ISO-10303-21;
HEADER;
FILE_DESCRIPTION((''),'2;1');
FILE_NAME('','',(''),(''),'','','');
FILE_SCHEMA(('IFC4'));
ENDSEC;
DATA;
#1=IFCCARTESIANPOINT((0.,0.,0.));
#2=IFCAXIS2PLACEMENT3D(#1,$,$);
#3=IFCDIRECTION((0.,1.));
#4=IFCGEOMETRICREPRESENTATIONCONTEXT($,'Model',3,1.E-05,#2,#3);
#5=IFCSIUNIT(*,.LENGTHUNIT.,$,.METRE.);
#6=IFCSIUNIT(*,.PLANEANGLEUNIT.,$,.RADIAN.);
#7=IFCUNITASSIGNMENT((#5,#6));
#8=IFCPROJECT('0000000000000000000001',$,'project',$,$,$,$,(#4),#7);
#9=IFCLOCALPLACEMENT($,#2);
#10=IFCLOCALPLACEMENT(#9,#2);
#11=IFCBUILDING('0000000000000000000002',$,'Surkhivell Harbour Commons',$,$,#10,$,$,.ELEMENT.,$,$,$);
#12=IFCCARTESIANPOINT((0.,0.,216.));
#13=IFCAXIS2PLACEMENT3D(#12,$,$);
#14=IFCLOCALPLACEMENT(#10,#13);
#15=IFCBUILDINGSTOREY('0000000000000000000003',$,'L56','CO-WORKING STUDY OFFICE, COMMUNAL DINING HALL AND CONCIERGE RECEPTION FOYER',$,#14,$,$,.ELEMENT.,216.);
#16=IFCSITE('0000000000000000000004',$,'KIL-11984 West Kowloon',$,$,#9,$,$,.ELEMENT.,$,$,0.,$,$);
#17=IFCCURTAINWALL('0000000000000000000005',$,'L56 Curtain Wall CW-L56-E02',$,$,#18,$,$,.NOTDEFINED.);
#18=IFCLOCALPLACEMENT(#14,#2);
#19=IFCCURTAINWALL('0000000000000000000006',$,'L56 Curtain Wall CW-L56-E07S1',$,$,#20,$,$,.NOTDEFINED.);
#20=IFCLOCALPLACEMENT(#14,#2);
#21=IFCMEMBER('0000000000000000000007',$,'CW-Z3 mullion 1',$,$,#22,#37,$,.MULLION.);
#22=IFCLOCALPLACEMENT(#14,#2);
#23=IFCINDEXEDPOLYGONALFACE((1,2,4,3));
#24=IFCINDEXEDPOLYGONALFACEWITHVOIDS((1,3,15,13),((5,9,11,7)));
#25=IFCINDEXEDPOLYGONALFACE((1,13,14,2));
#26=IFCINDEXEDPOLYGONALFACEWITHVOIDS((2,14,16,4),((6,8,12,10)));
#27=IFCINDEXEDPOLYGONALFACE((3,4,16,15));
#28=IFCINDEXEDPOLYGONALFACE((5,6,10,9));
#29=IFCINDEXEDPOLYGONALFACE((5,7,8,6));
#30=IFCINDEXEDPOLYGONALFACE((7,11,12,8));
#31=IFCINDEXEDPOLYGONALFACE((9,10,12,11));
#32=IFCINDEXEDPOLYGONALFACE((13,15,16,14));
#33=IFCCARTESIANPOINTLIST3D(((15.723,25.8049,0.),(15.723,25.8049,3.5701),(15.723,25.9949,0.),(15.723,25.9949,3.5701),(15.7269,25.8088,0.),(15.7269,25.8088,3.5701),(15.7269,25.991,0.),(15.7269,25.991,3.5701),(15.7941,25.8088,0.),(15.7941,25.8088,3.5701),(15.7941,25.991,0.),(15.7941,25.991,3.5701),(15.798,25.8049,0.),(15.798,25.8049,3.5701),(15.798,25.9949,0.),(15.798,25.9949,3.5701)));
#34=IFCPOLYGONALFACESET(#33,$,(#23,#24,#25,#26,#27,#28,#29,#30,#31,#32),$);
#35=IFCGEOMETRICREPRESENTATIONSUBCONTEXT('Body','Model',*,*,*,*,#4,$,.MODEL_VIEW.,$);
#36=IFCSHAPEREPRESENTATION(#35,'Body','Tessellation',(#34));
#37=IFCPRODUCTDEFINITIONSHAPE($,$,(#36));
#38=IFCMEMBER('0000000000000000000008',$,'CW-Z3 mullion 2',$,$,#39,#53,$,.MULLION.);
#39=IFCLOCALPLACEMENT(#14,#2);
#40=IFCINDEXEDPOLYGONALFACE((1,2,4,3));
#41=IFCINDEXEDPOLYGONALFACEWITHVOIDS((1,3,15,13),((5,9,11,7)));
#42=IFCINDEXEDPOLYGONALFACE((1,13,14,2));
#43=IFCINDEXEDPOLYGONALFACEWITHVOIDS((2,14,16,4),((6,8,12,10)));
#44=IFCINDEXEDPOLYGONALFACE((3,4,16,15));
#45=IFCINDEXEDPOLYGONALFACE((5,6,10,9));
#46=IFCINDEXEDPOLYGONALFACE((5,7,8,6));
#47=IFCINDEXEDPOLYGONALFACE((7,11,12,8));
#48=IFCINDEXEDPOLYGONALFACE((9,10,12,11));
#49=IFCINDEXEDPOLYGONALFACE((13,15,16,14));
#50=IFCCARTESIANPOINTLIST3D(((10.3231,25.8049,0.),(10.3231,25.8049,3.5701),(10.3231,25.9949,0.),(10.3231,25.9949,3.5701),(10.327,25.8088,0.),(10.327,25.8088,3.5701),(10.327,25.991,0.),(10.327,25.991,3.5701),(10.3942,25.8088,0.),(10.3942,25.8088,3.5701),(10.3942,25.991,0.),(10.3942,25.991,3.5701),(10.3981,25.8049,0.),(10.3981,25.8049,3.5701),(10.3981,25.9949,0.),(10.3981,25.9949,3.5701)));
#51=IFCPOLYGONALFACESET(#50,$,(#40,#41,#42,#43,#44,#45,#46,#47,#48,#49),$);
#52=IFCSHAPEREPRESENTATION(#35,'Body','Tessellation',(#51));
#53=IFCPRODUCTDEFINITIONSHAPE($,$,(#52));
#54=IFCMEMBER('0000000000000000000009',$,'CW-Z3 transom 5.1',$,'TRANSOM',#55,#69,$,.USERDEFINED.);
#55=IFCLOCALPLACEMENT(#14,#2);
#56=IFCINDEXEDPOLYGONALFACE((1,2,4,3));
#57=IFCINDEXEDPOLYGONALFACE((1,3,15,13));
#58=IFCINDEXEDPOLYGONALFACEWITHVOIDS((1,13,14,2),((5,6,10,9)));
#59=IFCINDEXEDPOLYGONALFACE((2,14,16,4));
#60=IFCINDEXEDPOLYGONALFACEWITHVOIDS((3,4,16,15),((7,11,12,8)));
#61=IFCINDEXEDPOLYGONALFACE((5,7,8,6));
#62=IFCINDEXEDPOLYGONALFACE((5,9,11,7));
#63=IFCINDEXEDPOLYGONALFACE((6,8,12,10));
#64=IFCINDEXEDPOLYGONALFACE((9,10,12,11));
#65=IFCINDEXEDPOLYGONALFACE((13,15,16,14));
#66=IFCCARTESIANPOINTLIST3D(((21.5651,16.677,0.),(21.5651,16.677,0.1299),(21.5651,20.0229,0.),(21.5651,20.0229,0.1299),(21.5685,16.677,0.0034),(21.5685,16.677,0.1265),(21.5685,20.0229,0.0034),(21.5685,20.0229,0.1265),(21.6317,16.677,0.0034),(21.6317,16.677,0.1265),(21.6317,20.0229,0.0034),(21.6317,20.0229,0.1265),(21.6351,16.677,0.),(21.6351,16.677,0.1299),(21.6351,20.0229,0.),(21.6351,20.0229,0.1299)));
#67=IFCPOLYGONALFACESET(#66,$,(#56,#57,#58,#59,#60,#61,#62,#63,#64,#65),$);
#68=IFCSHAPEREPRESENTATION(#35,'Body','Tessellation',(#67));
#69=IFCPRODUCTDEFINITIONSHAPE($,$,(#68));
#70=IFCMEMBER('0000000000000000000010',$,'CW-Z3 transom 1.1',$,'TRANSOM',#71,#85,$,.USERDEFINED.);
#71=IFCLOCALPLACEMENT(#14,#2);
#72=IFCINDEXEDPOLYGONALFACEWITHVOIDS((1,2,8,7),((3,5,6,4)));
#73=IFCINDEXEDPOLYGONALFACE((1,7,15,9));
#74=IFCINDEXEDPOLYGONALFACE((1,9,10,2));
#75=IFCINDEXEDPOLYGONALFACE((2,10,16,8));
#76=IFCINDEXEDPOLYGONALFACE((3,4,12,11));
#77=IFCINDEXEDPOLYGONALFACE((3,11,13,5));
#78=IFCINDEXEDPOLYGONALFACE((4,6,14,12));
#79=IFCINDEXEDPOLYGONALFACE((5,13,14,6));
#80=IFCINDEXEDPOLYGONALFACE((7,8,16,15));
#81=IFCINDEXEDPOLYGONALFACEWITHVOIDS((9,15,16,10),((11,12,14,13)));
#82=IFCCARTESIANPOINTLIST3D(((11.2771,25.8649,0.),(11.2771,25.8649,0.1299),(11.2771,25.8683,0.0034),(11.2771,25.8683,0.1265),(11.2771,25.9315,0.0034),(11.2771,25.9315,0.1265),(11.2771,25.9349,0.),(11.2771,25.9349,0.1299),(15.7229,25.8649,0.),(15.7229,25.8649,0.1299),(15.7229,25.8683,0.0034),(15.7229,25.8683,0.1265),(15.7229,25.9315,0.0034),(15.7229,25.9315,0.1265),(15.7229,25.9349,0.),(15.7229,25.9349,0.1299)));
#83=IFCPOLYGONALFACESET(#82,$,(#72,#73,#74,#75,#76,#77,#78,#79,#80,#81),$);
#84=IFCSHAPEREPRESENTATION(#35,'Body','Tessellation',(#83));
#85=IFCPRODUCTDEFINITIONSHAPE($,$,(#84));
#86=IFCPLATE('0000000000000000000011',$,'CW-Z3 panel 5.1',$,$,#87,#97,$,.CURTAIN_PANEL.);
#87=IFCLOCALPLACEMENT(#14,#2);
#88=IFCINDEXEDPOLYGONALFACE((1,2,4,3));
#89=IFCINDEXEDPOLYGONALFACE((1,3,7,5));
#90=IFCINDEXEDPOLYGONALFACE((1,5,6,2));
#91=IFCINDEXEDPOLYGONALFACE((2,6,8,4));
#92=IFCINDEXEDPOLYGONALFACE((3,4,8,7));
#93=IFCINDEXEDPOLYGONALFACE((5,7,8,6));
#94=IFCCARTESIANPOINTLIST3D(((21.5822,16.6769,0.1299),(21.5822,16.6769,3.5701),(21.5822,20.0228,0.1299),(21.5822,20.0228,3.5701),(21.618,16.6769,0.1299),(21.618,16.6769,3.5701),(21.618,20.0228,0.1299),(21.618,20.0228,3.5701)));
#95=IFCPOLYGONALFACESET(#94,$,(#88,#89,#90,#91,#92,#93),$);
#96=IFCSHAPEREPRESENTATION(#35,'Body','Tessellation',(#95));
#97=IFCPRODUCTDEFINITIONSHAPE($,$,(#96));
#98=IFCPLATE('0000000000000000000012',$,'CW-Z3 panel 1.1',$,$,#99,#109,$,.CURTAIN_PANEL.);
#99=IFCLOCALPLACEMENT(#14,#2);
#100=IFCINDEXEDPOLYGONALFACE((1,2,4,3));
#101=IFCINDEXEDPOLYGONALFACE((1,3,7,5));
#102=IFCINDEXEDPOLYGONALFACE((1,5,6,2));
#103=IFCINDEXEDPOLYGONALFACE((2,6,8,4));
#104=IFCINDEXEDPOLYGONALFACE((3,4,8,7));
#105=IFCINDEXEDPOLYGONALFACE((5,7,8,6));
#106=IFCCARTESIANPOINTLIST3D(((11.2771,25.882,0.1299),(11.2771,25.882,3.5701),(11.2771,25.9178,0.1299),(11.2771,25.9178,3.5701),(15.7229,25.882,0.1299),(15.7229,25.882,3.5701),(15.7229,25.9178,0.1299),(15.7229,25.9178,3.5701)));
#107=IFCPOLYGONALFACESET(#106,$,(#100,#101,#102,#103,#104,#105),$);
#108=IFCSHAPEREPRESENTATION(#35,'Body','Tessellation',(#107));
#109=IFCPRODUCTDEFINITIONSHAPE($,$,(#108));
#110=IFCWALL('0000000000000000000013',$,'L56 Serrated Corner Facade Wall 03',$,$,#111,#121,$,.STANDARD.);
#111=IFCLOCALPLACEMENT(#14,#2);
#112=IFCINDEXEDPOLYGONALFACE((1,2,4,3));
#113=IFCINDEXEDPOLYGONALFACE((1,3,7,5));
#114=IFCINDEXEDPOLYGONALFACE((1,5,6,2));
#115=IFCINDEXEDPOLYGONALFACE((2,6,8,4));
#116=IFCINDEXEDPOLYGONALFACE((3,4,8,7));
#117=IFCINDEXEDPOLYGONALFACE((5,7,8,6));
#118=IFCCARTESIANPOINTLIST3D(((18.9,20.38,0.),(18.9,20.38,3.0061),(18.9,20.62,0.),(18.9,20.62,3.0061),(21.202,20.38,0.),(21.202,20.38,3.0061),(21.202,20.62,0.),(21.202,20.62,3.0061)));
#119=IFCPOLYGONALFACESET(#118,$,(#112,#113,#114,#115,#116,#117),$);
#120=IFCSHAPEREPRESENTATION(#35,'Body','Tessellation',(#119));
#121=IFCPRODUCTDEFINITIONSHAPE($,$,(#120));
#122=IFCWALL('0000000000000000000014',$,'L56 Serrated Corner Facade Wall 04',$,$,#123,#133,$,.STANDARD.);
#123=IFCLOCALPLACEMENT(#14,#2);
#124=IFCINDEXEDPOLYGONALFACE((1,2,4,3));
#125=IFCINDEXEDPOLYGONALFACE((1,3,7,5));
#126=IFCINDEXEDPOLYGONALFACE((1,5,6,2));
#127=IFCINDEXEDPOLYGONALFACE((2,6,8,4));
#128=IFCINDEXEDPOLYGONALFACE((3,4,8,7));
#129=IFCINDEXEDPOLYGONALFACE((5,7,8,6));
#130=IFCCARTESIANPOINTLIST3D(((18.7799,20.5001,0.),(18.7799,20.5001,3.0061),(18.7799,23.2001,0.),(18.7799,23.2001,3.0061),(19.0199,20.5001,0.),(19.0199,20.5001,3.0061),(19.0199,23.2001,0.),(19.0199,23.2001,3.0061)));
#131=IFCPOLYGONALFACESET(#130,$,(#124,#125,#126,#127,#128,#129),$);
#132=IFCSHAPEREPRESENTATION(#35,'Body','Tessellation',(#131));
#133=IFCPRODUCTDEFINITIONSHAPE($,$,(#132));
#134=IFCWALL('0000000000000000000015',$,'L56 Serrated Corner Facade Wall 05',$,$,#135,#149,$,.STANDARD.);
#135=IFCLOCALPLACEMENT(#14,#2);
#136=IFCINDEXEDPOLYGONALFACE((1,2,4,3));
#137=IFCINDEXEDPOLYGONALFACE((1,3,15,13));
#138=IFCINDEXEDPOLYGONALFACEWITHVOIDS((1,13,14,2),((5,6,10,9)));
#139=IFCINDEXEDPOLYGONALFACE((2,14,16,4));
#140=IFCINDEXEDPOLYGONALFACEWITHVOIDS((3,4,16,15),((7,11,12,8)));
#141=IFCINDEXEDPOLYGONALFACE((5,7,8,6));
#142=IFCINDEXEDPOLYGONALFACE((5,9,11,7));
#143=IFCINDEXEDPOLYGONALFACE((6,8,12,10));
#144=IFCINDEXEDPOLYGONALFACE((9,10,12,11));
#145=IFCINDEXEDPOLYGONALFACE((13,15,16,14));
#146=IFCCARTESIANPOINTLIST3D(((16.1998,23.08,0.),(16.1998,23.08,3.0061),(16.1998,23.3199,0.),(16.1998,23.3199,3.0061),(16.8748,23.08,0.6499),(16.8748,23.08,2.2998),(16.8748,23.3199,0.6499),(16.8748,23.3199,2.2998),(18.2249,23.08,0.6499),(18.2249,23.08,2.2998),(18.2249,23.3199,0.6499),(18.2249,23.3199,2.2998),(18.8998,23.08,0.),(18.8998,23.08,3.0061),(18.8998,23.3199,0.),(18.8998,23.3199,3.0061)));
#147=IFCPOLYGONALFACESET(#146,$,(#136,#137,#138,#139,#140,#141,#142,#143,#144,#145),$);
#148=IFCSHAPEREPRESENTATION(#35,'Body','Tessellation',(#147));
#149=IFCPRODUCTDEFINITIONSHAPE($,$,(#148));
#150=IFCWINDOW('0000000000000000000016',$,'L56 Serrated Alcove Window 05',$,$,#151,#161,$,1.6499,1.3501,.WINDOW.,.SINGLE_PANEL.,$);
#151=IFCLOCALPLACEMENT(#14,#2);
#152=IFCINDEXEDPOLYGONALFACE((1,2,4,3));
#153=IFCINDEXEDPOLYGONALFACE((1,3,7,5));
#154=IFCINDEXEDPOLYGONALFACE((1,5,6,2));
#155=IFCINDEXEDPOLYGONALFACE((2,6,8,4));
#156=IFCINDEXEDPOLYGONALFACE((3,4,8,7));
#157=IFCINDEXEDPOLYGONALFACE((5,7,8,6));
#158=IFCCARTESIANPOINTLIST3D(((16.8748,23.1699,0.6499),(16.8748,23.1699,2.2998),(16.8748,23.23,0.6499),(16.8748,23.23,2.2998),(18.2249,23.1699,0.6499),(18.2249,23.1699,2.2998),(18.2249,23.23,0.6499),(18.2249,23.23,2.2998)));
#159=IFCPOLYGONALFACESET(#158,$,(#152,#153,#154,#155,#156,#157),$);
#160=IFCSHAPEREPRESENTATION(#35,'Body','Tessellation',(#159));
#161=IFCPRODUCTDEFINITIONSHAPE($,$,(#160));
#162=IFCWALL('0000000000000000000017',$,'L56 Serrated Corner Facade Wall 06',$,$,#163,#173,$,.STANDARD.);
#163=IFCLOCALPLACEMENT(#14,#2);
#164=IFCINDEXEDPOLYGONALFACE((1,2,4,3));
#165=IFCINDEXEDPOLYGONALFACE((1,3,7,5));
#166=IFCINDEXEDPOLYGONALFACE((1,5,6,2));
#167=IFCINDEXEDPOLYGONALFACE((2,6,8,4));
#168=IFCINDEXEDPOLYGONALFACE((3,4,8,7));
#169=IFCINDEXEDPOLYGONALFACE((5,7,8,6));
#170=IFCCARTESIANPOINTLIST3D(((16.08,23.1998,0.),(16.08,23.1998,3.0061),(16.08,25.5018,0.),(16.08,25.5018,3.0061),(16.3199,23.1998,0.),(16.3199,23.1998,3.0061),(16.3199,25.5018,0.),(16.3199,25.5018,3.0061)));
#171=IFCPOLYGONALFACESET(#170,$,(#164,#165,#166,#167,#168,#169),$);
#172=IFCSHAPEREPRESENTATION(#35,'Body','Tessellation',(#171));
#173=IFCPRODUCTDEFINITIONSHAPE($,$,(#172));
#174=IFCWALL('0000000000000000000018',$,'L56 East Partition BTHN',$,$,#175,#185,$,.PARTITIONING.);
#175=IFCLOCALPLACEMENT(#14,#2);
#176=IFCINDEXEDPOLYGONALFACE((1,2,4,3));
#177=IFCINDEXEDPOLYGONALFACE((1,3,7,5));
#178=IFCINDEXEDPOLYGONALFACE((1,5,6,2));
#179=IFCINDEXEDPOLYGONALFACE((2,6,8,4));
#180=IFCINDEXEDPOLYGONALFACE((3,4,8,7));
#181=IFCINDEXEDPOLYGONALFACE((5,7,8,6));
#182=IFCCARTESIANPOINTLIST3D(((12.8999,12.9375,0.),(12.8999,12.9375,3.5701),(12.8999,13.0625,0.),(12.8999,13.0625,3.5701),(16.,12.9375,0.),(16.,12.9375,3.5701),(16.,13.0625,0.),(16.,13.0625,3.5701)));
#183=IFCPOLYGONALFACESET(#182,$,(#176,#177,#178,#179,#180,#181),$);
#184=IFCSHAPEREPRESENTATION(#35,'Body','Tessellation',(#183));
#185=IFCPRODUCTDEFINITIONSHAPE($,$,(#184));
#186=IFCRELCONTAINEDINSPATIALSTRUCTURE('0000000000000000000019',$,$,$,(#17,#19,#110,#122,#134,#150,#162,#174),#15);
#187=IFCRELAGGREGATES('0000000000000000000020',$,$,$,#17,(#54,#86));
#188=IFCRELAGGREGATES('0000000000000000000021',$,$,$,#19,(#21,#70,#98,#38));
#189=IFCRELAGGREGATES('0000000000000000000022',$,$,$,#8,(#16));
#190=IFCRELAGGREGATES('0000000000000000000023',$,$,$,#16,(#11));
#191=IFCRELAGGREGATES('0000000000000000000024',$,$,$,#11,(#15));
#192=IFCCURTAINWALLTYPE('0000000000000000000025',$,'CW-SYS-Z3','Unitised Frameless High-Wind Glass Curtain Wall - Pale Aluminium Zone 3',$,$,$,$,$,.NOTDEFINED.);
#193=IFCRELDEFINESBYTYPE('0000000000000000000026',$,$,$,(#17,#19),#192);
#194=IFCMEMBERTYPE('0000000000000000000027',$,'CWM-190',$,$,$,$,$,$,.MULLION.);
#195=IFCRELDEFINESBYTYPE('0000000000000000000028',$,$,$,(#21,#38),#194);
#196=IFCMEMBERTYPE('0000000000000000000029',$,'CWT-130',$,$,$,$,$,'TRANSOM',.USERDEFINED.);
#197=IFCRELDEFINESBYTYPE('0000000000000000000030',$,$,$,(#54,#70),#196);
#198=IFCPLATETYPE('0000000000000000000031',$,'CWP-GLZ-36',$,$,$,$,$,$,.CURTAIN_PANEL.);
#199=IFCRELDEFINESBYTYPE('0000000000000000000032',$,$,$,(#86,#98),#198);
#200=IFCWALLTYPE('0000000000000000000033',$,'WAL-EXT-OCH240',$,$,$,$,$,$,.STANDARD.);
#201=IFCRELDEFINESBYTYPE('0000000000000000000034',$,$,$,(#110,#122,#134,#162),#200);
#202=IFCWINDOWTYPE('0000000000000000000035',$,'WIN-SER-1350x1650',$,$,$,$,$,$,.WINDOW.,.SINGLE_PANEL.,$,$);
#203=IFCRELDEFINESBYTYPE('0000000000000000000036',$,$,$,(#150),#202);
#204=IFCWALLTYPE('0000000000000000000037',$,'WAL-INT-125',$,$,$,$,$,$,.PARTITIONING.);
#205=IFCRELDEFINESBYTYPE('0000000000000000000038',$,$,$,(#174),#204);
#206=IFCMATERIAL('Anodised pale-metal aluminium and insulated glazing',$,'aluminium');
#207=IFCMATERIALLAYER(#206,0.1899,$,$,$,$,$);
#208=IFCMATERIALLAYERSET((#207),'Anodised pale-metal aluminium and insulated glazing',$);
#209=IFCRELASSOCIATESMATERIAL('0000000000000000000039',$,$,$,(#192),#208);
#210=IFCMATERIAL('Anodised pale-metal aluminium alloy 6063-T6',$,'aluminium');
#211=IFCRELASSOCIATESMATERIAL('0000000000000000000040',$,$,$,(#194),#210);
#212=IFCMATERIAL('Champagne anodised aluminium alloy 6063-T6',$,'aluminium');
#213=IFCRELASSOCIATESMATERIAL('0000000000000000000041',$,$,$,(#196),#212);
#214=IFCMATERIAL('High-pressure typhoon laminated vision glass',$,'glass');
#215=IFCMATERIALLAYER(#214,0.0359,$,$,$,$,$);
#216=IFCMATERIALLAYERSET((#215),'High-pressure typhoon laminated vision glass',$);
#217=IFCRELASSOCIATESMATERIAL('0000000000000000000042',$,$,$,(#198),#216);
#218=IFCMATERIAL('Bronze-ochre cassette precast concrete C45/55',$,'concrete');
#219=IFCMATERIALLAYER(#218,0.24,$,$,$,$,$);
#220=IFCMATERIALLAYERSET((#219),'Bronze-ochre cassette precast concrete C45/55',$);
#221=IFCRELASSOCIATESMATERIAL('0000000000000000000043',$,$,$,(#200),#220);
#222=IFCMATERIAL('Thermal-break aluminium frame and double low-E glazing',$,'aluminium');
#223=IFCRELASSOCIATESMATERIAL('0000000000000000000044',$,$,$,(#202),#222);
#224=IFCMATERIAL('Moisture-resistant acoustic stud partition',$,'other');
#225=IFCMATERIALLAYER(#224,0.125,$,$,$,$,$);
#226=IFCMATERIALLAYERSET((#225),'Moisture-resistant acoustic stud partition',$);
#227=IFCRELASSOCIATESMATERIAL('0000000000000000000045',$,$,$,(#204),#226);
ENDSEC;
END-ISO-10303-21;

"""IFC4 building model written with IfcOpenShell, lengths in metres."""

from ifc_helpers import new_model, si_unit, direction, frame, frame_2d, origin, origin_2d, place, context, subcontext, project, spatial, rectangle, hollow_rectangle, extrude, material, layer, layer_set, material_profile, profile_set, type_object, element, fill, aggregate, save


model = new_model("IFC4")

# Units and contexts
model_context = context("Model", 3, precision=1e-05, world=origin(), true_north=direction((0.0, 1.0)))
body_context = subcontext(model_context, "Body", "Model", "MODEL_VIEW")
ifc_project = project(units=[si_unit("LENGTHUNIT", "METRE"), si_unit("PLANEANGLEUNIT", "RADIAN")], contexts=[model_context])

# Site, building, storey
site_placement = place(None, origin())
site = spatial("IfcSite", under=ifc_project, at=site_placement, Name="KIL-11984 West Kowloon", CompositionType="ELEMENT", RefElevation=0.0)
building_placement = place(site_placement, origin())
building = spatial("IfcBuilding", under=site, at=building_placement, Name="Surkhivell Harbour Commons", CompositionType="ELEMENT")
storey_placement = place(building_placement, frame((0.0, 0.0, 216.0)))
storey = spatial("IfcBuildingStorey", under=building, at=storey_placement, Name="L56", Description="CO-WORKING STUDY OFFICE, COMMUNAL DINING HALL AND CONCIERGE RECEPTION FOYER", CompositionType="ELEMENT", Elevation=216.0)

# Curtain walls, members
ifc_material_1 = material(Name="Anodised pale-metal aluminium and insulated glazing", Category="aluminium")
ifc_layer_1 = layer(ifc_material_1, 0.1899)
ifc_layer_set_1 = layer_set([ifc_layer_1], Name="Anodised pale-metal aluminium and insulated glazing")
curtain_wall_type = type_object("IfcCurtainWallType", Name="CW-SYS-Z3", Description="Unitised Frameless High-Wind Glass Curtain Wall - Pale Aluminium Zone 3", PredefinedType="NOTDEFINED", material=ifc_layer_set_1)
curtain_wall_1_placement = place(storey_placement, origin())
curtain_wall_1 = element("IfcCurtainWall", 1, at=curtain_wall_1_placement, inside=storey, type_object=curtain_wall_type, Name="L56 Curtain Wall CW-L56-E02", PredefinedType="NOTDEFINED")
ifc_material_2 = material(Name="Anodised pale-metal aluminium alloy 6063-T6", Category="aluminium")
ifc_material_profile_1 = material_profile(ifc_material_2, hollow_rectangle(XDim=0.075, YDim=0.1899, WallThickness=0.0039, at=origin_2d()), Name="ALU-MULL-75x190")
ifc_profile_set_1 = profile_set([ifc_material_profile_1], Name="Anodised pale-metal aluminium alloy 6063-T6")
member_type_1 = type_object("IfcMemberType", Name="CWM-190", PredefinedType="MULLION", material=ifc_profile_set_1)
curtain_wall_2_placement = place(storey_placement, origin())
curtain_wall_2 = element("IfcCurtainWall", 2, at=curtain_wall_2_placement, inside=storey, type_object=curtain_wall_type, Name="L56 Curtain Wall CW-L56-E07S1", PredefinedType="NOTDEFINED")
member_1_placement = place(storey_placement, frame((15.7605, 25.8999, 0.0), z_axis=(0.0, 0.0, 1.0), x_axis=(-1.0, 0.0, 0.0)))
member_1 = element("IfcMember", 3, at=member_1_placement, type_object=member_type_1, Name="CW-Z3 mullion 1", PredefinedType="MULLION", context=body_context, shape_type="SweptSolid", body=[
    extrude(hollow_rectangle(XDim=0.075, YDim=0.1899, WallThickness=0.0039, at=origin_2d()), origin(), (0.0, 0.0, 1.0), 3.5701),
])
member_2_placement = place(storey_placement, frame((10.3606, 25.8999, 0.0), z_axis=(0.0, 0.0, 1.0), x_axis=(-1.0, 0.0, 0.0)))
member_2 = element("IfcMember", 4, at=member_2_placement, type_object=member_type_1, Name="CW-Z3 mullion 2", PredefinedType="MULLION", context=body_context, shape_type="SweptSolid", body=[
    extrude(hollow_rectangle(XDim=0.075, YDim=0.1899, WallThickness=0.0039, at=origin_2d()), origin(), (0.0, 0.0, 1.0), 3.5701),
])

# Members
ifc_material_3 = material(Name="Champagne anodised aluminium alloy 6063-T6", Category="aluminium")
ifc_material_profile_2 = material_profile(ifc_material_3, hollow_rectangle(XDim=0.0701, YDim=0.1299, WallThickness=0.0034, at=origin_2d()), Name="ALU-TRAN-70x130")
ifc_profile_set_2 = profile_set([ifc_material_profile_2], Name="Champagne anodised aluminium alloy 6063-T6")
member_type_2 = type_object("IfcMemberType", Name="CWT-130", ElementType="TRANSOM", PredefinedType="USERDEFINED", material=ifc_profile_set_2)
member_3_placement = place(storey_placement, frame((21.6001, 16.677, 0.0649), z_axis=(0.0, 1.0, 0.0), x_axis=(-1.0, 0.0, 0.0)))
member_3 = element("IfcMember", 5, at=member_3_placement, type_object=member_type_2, Name="CW-Z3 transom 5.1", ObjectType="TRANSOM", PredefinedType="USERDEFINED", context=body_context, shape_type="SweptSolid", body=[
    extrude(hollow_rectangle(XDim=0.0701, YDim=0.1299, WallThickness=0.0034, at=origin_2d()), origin(), (0.0, 0.0, 1.0), 3.3459),
])
member_4_placement = place(storey_placement, frame((15.7229, 25.8999, 0.0649), z_axis=(-1.0, 0.0, 0.0), x_axis=(0.0, -1.0, 0.0)))
member_4 = element("IfcMember", 6, at=member_4_placement, type_object=member_type_2, Name="CW-Z3 transom 1.1", ObjectType="TRANSOM", PredefinedType="USERDEFINED", context=body_context, shape_type="SweptSolid", body=[
    extrude(hollow_rectangle(XDim=0.0701, YDim=0.1299, WallThickness=0.0034, at=origin_2d()), origin(), (0.0, 0.0, 1.0), 4.4458),
])

# Plates
ifc_material_4 = material(Name="High-pressure typhoon laminated vision glass", Category="glass")
ifc_layer_2 = layer(ifc_material_4, 0.0359)
ifc_layer_set_2 = layer_set([ifc_layer_2], Name="High-pressure typhoon laminated vision glass")
plate_type = type_object("IfcPlateType", Name="CWP-GLZ-36", PredefinedType="CURTAIN_PANEL", material=ifc_layer_set_2)
plate_1_placement = place(storey_placement, frame((21.6001, 16.677, 0.1299), z_axis=(0.0, 0.0, 1.0), x_axis=(0.0, 1.0, 0.0)))
plate_1 = element("IfcPlate", 7, at=plate_1_placement, type_object=plate_type, Name="CW-Z3 panel 5.1", PredefinedType="CURTAIN_PANEL", context=body_context, shape_type="SweptSolid", body=[
    extrude(rectangle(XDim=3.3459, YDim=0.0359, at=frame_2d((1.6729, 0.0))), origin(), (0.0, 0.0, 1.0), 3.4402),
])
aggregate(curtain_wall_1, [member_3, plate_1])
plate_2_placement = place(storey_placement, frame((15.7229, 25.8999, 0.1299), z_axis=(0.0, 0.0, 1.0), x_axis=(-1.0, 0.0, 0.0)))
plate_2 = element("IfcPlate", 8, at=plate_2_placement, type_object=plate_type, Name="CW-Z3 panel 1.1", PredefinedType="CURTAIN_PANEL", context=body_context, shape_type="SweptSolid", body=[
    extrude(rectangle(XDim=4.4458, YDim=0.0359, at=frame_2d((2.2229, 0.0))), origin(), (0.0, 0.0, 1.0), 3.4402),
])
aggregate(curtain_wall_2, [member_1, member_4, plate_2, member_2])

# Walls
ifc_material_5 = material(Name="Bronze-ochre cassette precast concrete C45/55", Category="concrete")
ifc_layer_3 = layer(ifc_material_5, 0.24)
ifc_layer_set_3 = layer_set([ifc_layer_3], Name="Bronze-ochre cassette precast concrete C45/55")
wall_type_1 = type_object("IfcWallType", Name="WAL-EXT-OCH240", PredefinedType="STANDARD", material=ifc_layer_set_3)
wall_1_placement = place(storey_placement, frame((21.2019, 20.5, 0.0), z_axis=(0.0, 0.0, 1.0), x_axis=(-1.0, 0.0, 0.0)))
element("IfcWall", 9, at=wall_1_placement, inside=storey, type_object=wall_type_1, Name="L56 Serrated Corner Facade Wall 03", PredefinedType="STANDARD", context=body_context, shape_type="SweptSolid", body=[
    extrude(rectangle(XDim=2.302, YDim=0.24, at=frame_2d((1.1509, 0.0))), origin(), (0.0, 0.0, 1.0), 3.0061),
])
wall_2_placement = place(storey_placement, frame((18.8999, 20.5, 0.0), z_axis=(0.0, 0.0, 1.0), x_axis=(0.0, 1.0, 0.0)))
element("IfcWall", 10, at=wall_2_placement, inside=storey, type_object=wall_type_1, Name="L56 Serrated Corner Facade Wall 04", PredefinedType="STANDARD", context=body_context, shape_type="SweptSolid", body=[
    extrude(rectangle(XDim=2.7, YDim=0.24, at=frame_2d((1.3501, 0.0))), origin(), (0.0, 0.0, 1.0), 3.0061),
])

# Wall, opening, window
wall_3_placement = place(storey_placement, frame((18.8999, 23.2, 0.0), z_axis=(0.0, 0.0, 1.0), x_axis=(-1.0, 0.0, 0.0)))
wall_3 = element("IfcWall", 11, at=wall_3_placement, inside=storey, type_object=wall_type_1, Name="L56 Serrated Corner Facade Wall 05", PredefinedType="STANDARD", context=body_context, shape_type="SweptSolid", body=[
    extrude(rectangle(XDim=2.7, YDim=0.24, at=frame_2d((1.3501, 0.0))), origin(), (0.0, 0.0, 1.0), 3.0061),
])
opening_placement = place(wall_3_placement, frame((0.675, 0.0, 0.6499)))
opening = element("IfcOpeningElement", 12, at=opening_placement, cuts=wall_3, PredefinedType="OPENING", context=body_context, shape_type="SweptSolid", body=[
    extrude(rectangle(XDim=1.3501, YDim=1.6499, at=frame_2d((0.675, 0.825))), frame((0.0, 0.1299, 0.0), z_axis=(0.0, -1.0, 0.0), x_axis=(1.0, 0.0, 0.0)), (0.0, 0.0, 1.0), 0.26),
])
ifc_material_6 = material(Name="Thermal-break aluminium frame and double low-E glazing", Category="aluminium")
window_type = type_object("IfcWindowType", Name="WIN-SER-1350x1650", PartitioningType="SINGLE_PANEL", PredefinedType="WINDOW", material=ifc_material_6)
window_placement = place(opening_placement, origin())
window = element("IfcWindow", 13, at=window_placement, inside=storey, type_object=window_type, Name="L56 Serrated Alcove Window 05", OverallHeight=1.6499, OverallWidth=1.3501, PartitioningType="SINGLE_PANEL", PredefinedType="WINDOW", context=body_context, shape_type="SweptSolid", body=[
    extrude(rectangle(XDim=1.3501, YDim=1.6499, at=frame_2d((0.675, 0.825))), frame((0.0, 0.03, 0.0), z_axis=(0.0, -1.0, 0.0), x_axis=(1.0, 0.0, 0.0)), (0.0, 0.0, 1.0), 0.0601),
])
fill(opening, window)

# Walls
wall_4_placement = place(storey_placement, frame((16.2, 23.2, 0.0), z_axis=(0.0, 0.0, 1.0), x_axis=(0.0, 1.0, 0.0)))
element("IfcWall", 14, at=wall_4_placement, inside=storey, type_object=wall_type_1, Name="L56 Serrated Corner Facade Wall 06", PredefinedType="STANDARD", context=body_context, shape_type="SweptSolid", body=[
    extrude(rectangle(XDim=2.302, YDim=0.24, at=frame_2d((1.1509, 0.0))), origin(), (0.0, 0.0, 1.0), 3.0061),
])
ifc_material_7 = material(Name="Moisture-resistant acoustic stud partition", Category="other")
ifc_layer_4 = layer(ifc_material_7, 0.125)
ifc_layer_set_4 = layer_set([ifc_layer_4], Name="Moisture-resistant acoustic stud partition")
wall_type_2 = type_object("IfcWallType", Name="WAL-INT-125", PredefinedType="PARTITIONING", material=ifc_layer_set_4)
wall_5_placement = place(storey_placement, frame((12.8999, 13.0, 0.0), z_axis=(0.0, 0.0, 1.0), x_axis=(1.0, 0.0, 0.0)))
element("IfcWall", 15, at=wall_5_placement, inside=storey, type_object=wall_type_2, Name="L56 East Partition BTHN", PredefinedType="PARTITIONING", context=body_context, shape_type="SweptSolid", body=[
    extrude(rectangle(XDim=3.1001, YDim=0.125, at=frame_2d((1.55, 0.0))), origin(), (0.0, 0.0, 1.0), 3.5701),
])

save(model, "model.ifc")
